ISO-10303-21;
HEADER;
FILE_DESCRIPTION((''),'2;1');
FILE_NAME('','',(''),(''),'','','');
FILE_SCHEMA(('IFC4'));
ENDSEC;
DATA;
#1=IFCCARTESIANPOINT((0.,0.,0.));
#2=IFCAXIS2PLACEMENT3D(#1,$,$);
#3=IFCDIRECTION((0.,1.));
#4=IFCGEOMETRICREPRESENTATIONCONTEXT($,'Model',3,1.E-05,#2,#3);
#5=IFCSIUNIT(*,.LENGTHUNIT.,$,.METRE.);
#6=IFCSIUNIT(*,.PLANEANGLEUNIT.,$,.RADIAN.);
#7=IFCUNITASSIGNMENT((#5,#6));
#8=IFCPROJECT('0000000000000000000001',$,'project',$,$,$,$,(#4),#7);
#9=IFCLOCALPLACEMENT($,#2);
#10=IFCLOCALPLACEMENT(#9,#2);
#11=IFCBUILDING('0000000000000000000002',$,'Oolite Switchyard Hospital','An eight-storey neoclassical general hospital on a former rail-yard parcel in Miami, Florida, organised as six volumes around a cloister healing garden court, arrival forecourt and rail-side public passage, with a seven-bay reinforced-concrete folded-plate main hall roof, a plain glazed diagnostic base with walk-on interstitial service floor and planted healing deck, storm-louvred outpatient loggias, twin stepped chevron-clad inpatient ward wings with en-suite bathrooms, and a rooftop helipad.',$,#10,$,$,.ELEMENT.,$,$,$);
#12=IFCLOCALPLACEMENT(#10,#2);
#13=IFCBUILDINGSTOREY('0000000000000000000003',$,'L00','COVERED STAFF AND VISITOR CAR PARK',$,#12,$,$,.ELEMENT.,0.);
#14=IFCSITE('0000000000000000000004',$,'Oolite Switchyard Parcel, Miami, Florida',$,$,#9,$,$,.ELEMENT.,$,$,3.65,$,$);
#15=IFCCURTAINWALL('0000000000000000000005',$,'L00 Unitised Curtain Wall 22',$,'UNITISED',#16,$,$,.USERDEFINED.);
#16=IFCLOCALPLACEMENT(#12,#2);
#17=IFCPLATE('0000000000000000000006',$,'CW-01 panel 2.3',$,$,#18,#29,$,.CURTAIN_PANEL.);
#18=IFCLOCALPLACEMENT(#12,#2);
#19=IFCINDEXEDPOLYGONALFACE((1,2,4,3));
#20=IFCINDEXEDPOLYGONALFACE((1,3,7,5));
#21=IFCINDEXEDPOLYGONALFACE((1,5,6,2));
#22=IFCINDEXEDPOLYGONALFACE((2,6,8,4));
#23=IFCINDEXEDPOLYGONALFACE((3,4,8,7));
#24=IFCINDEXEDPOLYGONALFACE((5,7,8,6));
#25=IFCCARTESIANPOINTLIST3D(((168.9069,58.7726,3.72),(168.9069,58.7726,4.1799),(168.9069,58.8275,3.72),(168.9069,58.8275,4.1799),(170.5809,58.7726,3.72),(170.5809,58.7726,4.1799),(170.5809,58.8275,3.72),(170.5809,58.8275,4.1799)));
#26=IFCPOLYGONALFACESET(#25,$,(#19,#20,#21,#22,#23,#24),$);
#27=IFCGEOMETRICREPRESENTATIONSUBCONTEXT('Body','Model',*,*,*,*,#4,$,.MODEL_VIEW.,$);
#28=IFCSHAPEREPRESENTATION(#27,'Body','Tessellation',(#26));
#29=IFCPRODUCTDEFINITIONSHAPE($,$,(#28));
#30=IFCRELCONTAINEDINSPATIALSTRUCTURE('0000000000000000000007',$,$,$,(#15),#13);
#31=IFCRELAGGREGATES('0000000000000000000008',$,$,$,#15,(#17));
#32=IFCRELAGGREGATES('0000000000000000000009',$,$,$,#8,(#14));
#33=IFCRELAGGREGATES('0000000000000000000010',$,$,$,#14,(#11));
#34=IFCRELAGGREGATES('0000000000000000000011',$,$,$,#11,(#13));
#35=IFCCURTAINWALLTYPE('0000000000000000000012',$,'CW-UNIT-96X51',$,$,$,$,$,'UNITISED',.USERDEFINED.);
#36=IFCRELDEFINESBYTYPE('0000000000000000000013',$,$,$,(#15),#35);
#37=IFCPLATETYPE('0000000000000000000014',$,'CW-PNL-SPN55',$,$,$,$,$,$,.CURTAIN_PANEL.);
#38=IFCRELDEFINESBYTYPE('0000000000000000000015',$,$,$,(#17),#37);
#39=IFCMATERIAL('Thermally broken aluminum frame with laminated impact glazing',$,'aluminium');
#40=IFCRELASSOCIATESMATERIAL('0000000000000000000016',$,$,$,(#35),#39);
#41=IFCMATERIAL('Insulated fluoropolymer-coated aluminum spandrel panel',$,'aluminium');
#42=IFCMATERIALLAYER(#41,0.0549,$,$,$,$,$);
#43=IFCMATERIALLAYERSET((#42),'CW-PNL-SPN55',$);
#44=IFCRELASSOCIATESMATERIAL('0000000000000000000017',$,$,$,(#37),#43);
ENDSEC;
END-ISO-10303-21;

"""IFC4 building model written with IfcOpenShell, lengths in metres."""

from ifc_helpers import new_model, si_unit, direction, frame, origin, origin_2d, place, context, subcontext, project, spatial, rectangle, extrude, material, layer, layer_set, type_object, element, aggregate, save


model = new_model("IFC4")

# Units and contexts
model_context = context("Model", 3, precision=1e-05, world=origin(), true_north=direction((0.0, 1.0)))
body_context = subcontext(model_context, "Body", "Model", "MODEL_VIEW")
ifc_project = project(units=[si_unit("LENGTHUNIT", "METRE"), si_unit("PLANEANGLEUNIT", "RADIAN")], contexts=[model_context])

# Site, building, storey
site_placement = place(None, origin())
site = spatial("IfcSite", under=ifc_project, at=site_placement, Name="Oolite Switchyard Parcel, Miami, Florida", CompositionType="ELEMENT", RefElevation=3.65)
building_placement = place(site_placement, origin())
building = spatial("IfcBuilding", under=site, at=building_placement, Name="Oolite Switchyard Hospital", Description="An eight-storey neoclassical general hospital on a former rail-yard parcel in Miami, Florida, organised as six volumes around a cloister healing garden court, arrival forecourt and rail-side public passage, with a seven-bay reinforced-concrete folded-plate main hall roof, a plain glazed diagnostic base with walk-on interstitial service floor and planted healing deck, storm-louvred outpatient loggias, twin stepped chevron-clad inpatient ward wings with en-suite bathrooms, and a rooftop helipad.", CompositionType="ELEMENT")
storey_placement = place(building_placement, origin())
storey = spatial("IfcBuildingStorey", under=building, at=storey_placement, Name="L00", Description="COVERED STAFF AND VISITOR CAR PARK", CompositionType="ELEMENT", Elevation=0.0)

# Curtain wall, plate
ifc_material_1 = material(Name="Thermally broken aluminum frame with laminated impact glazing", Category="aluminium")
curtain_wall_type = type_object("IfcCurtainWallType", Name="CW-UNIT-96X51", ElementType="UNITISED", PredefinedType="USERDEFINED", material=ifc_material_1)
curtain_wall_placement = place(storey_placement, origin())
curtain_wall = element("IfcCurtainWall", 1, at=curtain_wall_placement, inside=storey, type_object=curtain_wall_type, Name="L00 Unitised Curtain Wall 22", ObjectType="UNITISED", PredefinedType="USERDEFINED")
ifc_material_2 = material(Name="Insulated fluoropolymer-coated aluminum spandrel panel", Category="aluminium")
ifc_layer = layer(ifc_material_2, 0.0549)
ifc_layer_set = layer_set([ifc_layer], Name="CW-PNL-SPN55")
plate_type = type_object("IfcPlateType", Name="CW-PNL-SPN55", PredefinedType="CURTAIN_PANEL", material=ifc_layer_set)
plate_1_placement = place(storey_placement, frame((169.7439, 58.8, 3.72), z_axis=(0.0, 0.0, 1.0), x_axis=(-1.0, 0.0, 0.0)))
plate_1 = element("IfcPlate", 2, at=plate_1_placement, type_object=plate_type, Name="CW-01 panel 2.3", PredefinedType="CURTAIN_PANEL", context=body_context, shape_type="SweptSolid", body=[
    extrude(rectangle(XDim=1.6741, YDim=0.0549, at=origin_2d()), origin(), (0.0, 0.0, 1.0), 0.46),
])
aggregate(curtain_wall, [plate_1])

save(model, "model.ifc")
